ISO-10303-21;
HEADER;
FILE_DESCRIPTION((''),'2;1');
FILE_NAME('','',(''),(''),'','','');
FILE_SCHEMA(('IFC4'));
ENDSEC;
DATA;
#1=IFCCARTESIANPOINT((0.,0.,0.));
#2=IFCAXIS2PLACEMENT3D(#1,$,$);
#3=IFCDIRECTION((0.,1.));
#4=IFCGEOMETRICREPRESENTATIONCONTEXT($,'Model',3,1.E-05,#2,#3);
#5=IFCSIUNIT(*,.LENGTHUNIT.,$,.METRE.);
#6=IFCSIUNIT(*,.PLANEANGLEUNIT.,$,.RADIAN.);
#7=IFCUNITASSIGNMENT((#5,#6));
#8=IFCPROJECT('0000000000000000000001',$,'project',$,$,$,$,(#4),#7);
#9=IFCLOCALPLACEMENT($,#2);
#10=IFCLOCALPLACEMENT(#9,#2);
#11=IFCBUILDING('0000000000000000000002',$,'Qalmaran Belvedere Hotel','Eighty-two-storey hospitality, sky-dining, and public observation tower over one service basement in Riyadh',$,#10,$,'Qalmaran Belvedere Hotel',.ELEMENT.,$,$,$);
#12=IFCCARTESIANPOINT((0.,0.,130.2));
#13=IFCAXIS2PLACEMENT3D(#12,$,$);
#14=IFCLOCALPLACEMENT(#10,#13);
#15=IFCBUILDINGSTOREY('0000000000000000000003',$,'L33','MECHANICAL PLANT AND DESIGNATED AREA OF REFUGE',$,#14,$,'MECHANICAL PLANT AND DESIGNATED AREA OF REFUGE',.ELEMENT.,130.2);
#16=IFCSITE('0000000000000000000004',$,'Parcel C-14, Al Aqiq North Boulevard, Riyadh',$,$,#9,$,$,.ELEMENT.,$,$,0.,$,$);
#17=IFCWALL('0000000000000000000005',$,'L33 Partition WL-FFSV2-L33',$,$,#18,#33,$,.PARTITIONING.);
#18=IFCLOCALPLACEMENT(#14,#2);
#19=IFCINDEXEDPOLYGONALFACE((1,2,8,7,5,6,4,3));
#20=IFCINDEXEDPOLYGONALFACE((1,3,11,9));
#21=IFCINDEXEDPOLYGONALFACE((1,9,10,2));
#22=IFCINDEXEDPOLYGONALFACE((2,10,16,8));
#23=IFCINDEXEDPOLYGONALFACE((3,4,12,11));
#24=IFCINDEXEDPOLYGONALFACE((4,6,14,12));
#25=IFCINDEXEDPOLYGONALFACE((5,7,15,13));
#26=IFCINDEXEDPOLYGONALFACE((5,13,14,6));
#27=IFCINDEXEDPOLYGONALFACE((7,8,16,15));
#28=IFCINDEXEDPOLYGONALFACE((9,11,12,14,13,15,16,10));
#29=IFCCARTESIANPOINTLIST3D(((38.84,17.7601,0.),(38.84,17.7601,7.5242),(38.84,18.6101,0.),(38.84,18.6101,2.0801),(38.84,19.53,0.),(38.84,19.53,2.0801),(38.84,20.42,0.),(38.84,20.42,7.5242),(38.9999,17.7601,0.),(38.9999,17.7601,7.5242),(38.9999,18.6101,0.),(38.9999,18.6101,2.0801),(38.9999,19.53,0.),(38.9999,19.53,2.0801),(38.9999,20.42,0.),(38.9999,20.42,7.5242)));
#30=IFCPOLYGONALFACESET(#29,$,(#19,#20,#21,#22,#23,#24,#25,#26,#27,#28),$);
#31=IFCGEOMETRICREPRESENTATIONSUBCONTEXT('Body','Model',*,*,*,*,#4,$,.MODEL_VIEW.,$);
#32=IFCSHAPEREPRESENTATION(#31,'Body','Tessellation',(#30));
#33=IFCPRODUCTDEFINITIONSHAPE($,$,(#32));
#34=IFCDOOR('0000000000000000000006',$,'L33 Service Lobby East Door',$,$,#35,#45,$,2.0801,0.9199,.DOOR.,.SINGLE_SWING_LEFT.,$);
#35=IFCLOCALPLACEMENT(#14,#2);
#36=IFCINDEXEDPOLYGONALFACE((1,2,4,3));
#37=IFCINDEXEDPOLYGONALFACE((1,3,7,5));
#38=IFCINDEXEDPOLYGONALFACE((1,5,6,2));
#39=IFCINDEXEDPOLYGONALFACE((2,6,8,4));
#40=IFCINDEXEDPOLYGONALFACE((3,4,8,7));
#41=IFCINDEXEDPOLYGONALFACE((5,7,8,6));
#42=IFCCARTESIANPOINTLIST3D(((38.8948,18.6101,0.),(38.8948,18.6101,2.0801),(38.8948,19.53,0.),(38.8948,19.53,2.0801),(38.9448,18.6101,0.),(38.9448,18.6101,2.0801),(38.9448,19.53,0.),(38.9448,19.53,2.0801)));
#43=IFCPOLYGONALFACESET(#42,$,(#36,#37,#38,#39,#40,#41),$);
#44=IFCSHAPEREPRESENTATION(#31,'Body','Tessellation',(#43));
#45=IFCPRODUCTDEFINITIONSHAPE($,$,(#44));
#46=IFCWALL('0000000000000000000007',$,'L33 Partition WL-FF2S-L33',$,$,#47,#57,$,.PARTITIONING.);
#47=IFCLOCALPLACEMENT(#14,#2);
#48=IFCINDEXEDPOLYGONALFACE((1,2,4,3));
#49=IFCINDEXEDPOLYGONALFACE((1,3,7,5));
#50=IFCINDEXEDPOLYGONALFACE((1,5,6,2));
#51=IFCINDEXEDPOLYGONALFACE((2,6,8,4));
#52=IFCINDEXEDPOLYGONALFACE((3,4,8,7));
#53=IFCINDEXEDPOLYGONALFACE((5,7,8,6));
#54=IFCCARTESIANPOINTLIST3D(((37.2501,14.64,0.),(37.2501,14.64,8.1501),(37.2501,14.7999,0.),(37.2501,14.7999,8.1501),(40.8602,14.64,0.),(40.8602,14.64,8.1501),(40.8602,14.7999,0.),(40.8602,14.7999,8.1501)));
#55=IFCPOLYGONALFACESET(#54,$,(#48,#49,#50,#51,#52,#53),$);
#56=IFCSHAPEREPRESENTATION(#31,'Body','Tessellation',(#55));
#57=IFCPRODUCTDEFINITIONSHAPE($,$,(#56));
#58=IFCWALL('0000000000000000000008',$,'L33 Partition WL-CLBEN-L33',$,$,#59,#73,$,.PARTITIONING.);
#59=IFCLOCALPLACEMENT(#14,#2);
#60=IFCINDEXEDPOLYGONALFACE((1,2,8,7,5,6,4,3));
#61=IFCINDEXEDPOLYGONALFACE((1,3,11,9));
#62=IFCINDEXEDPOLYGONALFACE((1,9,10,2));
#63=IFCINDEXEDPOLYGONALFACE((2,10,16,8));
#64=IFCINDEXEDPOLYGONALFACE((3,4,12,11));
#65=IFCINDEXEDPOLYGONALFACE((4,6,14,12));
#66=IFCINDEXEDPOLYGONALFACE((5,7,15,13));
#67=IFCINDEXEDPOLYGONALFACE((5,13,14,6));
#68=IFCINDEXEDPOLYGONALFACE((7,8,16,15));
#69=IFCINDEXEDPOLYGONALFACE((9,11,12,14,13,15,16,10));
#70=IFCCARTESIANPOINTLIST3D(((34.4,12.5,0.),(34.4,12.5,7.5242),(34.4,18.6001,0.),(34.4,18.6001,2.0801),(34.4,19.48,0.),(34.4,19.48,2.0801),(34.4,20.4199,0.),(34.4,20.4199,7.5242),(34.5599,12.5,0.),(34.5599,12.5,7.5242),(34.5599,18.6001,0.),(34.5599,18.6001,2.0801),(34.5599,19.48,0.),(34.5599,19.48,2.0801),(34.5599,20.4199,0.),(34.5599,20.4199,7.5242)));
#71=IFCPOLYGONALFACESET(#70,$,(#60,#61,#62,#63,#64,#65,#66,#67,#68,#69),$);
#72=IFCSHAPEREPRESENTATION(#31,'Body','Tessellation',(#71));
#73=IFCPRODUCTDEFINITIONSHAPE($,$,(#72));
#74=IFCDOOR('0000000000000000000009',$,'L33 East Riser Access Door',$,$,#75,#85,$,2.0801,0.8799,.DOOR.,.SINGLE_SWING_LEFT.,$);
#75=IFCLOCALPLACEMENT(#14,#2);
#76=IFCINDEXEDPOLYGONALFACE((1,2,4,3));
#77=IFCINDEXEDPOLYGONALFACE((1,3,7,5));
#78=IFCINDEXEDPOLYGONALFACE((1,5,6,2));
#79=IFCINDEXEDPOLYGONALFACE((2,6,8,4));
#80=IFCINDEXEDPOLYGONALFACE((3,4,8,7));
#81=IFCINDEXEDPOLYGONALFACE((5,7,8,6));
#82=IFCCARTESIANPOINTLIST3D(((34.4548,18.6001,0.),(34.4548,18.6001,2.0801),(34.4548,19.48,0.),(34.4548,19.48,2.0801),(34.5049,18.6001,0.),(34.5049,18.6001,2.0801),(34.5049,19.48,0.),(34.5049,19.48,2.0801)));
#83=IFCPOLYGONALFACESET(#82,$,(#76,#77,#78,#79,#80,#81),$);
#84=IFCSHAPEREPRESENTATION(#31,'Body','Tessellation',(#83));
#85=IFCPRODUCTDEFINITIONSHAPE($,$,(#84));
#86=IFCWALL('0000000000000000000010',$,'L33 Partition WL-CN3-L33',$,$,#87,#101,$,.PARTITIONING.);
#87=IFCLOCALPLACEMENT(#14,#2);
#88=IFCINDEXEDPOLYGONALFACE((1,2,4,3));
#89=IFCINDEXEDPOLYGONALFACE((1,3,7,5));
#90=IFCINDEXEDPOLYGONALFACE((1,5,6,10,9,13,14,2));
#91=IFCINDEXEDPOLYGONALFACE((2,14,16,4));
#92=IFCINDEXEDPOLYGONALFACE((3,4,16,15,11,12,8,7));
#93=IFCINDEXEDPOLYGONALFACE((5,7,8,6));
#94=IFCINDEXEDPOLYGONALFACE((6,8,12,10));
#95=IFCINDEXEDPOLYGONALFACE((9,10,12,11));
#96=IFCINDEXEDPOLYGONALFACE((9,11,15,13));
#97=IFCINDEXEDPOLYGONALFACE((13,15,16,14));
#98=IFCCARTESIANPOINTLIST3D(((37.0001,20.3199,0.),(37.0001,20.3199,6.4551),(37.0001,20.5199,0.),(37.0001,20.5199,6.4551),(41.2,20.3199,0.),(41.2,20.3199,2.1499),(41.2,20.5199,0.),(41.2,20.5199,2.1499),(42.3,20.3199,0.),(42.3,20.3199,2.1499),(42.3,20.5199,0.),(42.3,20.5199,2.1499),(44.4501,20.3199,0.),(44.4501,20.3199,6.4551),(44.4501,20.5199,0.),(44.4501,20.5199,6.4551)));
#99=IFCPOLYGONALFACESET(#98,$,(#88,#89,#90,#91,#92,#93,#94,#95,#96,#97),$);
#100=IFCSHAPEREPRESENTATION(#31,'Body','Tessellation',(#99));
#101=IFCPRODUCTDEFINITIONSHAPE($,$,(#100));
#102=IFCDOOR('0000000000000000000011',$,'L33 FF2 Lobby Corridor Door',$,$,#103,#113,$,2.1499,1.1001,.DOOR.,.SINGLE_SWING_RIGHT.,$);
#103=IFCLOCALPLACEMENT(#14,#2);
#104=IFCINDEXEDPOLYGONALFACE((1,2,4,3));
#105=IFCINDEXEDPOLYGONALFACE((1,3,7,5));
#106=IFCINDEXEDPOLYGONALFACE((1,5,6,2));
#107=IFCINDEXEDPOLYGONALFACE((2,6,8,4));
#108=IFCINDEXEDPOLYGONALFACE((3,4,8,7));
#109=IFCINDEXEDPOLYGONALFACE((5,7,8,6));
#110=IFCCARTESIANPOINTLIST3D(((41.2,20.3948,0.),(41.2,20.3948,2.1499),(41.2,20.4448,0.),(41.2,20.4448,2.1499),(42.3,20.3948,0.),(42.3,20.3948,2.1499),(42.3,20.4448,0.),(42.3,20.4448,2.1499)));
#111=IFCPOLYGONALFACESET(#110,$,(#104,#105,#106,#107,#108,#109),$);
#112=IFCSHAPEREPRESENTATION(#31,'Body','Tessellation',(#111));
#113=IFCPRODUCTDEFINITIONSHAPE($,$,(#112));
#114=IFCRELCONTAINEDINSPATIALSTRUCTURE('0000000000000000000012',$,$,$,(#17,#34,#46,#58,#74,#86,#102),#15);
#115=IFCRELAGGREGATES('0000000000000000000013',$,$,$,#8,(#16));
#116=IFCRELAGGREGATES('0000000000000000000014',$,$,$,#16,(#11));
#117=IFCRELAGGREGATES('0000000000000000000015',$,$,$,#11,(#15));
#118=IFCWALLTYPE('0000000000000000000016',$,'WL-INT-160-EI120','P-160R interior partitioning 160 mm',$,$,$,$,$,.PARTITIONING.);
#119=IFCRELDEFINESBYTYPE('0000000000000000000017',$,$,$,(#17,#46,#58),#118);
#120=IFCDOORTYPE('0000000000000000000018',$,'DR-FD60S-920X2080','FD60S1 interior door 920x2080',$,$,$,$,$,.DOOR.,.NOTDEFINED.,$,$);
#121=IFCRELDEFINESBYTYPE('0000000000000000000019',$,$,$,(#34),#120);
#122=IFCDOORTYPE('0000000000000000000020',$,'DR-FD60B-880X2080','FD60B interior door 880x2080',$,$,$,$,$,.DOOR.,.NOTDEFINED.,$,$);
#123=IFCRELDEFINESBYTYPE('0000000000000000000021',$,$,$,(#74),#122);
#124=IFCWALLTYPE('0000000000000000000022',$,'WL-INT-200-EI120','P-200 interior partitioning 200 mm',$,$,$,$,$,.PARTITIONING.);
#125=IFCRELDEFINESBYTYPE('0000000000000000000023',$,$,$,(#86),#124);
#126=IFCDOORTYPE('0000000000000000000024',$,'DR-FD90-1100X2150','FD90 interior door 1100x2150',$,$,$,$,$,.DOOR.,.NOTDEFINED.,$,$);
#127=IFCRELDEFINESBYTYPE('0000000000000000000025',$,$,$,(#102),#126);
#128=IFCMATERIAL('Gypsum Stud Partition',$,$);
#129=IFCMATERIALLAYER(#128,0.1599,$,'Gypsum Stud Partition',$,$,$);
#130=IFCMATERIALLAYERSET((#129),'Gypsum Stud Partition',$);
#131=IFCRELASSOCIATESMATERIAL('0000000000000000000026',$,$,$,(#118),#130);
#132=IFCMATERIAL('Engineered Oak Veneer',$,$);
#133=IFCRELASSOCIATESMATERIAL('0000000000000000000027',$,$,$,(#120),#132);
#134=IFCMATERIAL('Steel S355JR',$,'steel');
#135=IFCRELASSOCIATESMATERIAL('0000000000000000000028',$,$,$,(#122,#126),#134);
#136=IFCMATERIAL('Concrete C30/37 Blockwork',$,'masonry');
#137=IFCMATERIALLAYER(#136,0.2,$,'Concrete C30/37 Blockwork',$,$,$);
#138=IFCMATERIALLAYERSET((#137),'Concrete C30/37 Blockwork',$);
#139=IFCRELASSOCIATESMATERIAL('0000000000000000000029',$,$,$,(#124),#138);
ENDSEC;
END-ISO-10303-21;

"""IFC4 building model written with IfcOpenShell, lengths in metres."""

from ifc_helpers import new_model, si_unit, direction, frame, frame_2d, origin, place, context, subcontext, project, spatial, rectangle, extrude, material, layer, layer_set, type_object, element, fill, save


model = new_model("IFC4")

# Units and contexts
model_context = context("Model", 3, precision=1e-05, world=origin(), true_north=direction((0.0, 1.0)))
body_context = subcontext(model_context, "Body", "Model", "MODEL_VIEW")
ifc_project = project(units=[si_unit("LENGTHUNIT", "METRE"), si_unit("PLANEANGLEUNIT", "RADIAN")], contexts=[model_context])

# Site, building, storey
site_placement = place(None, origin())
site = spatial("IfcSite", under=ifc_project, at=site_placement, Name="Parcel C-14, Al Aqiq North Boulevard, Riyadh", CompositionType="ELEMENT", RefElevation=0.0)
building_placement = place(site_placement, origin())
building = spatial("IfcBuilding", under=site, at=building_placement, Name="Qalmaran Belvedere Hotel", Description="Eighty-two-storey hospitality, sky-dining, and public observation tower over one service basement in Riyadh", LongName="Qalmaran Belvedere Hotel", CompositionType="ELEMENT")
storey_placement = place(building_placement, frame((0.0, 0.0, 130.2)))
storey = spatial("IfcBuildingStorey", under=building, at=storey_placement, Name="L33", Description="MECHANICAL PLANT AND DESIGNATED AREA OF REFUGE", LongName="MECHANICAL PLANT AND DESIGNATED AREA OF REFUGE", CompositionType="ELEMENT", Elevation=130.2)

# Shared definitions
ifc_material_1 = material(Name="Steel S355JR", Category="steel")

# Shared definitions
ifc_material_2 = material(Name="Gypsum Stud Partition")

# Wall, opening, door
ifc_layer_1 = layer(ifc_material_2, 0.1599, Name="Gypsum Stud Partition")
ifc_layer_set_1 = layer_set([ifc_layer_1], Name="Gypsum Stud Partition")
wall_type_1 = type_object("IfcWallType", Name="WL-INT-160-EI120", Description="P-160R interior partitioning 160 mm", PredefinedType="PARTITIONING", material=ifc_layer_set_1)
wall_1_placement = place(storey_placement, frame((38.9199, 17.76, 0.0), z_axis=(0.0, 0.0, 1.0), x_axis=(0.0, 1.0, 0.0)))
wall_1 = element("IfcWall", 1, at=wall_1_placement, inside=storey, type_object=wall_type_1, Name="L33 Partition WL-FFSV2-L33", PredefinedType="PARTITIONING", context=body_context, shape_type="SweptSolid", body=[
    extrude(rectangle(XDim=2.6599, YDim=0.1599, at=frame_2d((1.3301, 0.0))), origin(), (0.0, 0.0, 1.0), 7.5242),
])
opening_1_placement = place(wall_1_placement, frame((1.77, 0.0, 0.0), z_axis=(0.0, 0.0, 1.0), x_axis=(-1.0, 0.0, 0.0)))
opening_1 = element("IfcOpeningElement", 2, at=opening_1_placement, cuts=wall_1, PredefinedType="OPENING", context=body_context, shape_type="SweptSolid", body=[
    extrude(rectangle(XDim=0.9199, YDim=2.0801, at=frame_2d((0.46, 1.04))), frame((0.0, 0.0898, 0.0), z_axis=(0.0, -1.0, 0.0), x_axis=(1.0, 0.0, 0.0)), (0.0, 0.0, 1.0), 0.1799),
])
ifc_material_3 = material(Name="Engineered Oak Veneer")
door_type_1 = type_object("IfcDoorType", Name="DR-FD60S-920X2080", Description="FD60S1 interior door 920x2080", OperationType="NOTDEFINED", PredefinedType="DOOR", material=ifc_material_3)
door_1_placement = place(opening_1_placement, origin())
door_1 = element("IfcDoor", 3, at=door_1_placement, inside=storey, type_object=door_type_1, Name="L33 Service Lobby East Door", OperationType="SINGLE_SWING_LEFT", OverallHeight=2.0801, OverallWidth=0.9199, PredefinedType="DOOR", context=body_context, shape_type="SweptSolid", body=[
    extrude(rectangle(XDim=0.9199, YDim=2.0801, at=frame_2d((0.46, 1.04))), frame((0.0, 0.0249, 0.0), z_axis=(0.0, -1.0, 0.0), x_axis=(1.0, 0.0, 0.0)), (0.0, 0.0, 1.0), 0.05),
])
fill(opening_1, door_1)

# Wall
wall_2_placement = place(storey_placement, frame((37.25, 14.72, 0.0), z_axis=(0.0, 0.0, 1.0), x_axis=(1.0, 0.0, 0.0)))
element("IfcWall", 4, at=wall_2_placement, inside=storey, type_object=wall_type_1, Name="L33 Partition WL-FF2S-L33", PredefinedType="PARTITIONING", context=body_context, shape_type="SweptSolid", body=[
    extrude(rectangle(XDim=3.6101, YDim=0.1599, at=frame_2d((1.8052, 0.0))), origin(), (0.0, 0.0, 1.0), 8.1501),
])

# Walls, openings, doors
wall_3_placement = place(storey_placement, frame((34.48, 12.5, 0.0), z_axis=(0.0, 0.0, 1.0), x_axis=(0.0, 1.0, 0.0)))
wall_3 = element("IfcWall", 5, at=wall_3_placement, inside=storey, type_object=wall_type_1, Name="L33 Partition WL-CLBEN-L33", PredefinedType="PARTITIONING", context=body_context, shape_type="SweptSolid", body=[
    extrude(rectangle(XDim=7.9199, YDim=0.1599, at=frame_2d((3.96, 0.0))), origin(), (0.0, 0.0, 1.0), 7.5242),
])
opening_2_placement = place(wall_3_placement, frame((6.98, 0.0, 0.0), z_axis=(0.0, 0.0, 1.0), x_axis=(-1.0, 0.0, 0.0)))
opening_2 = element("IfcOpeningElement", 6, at=opening_2_placement, cuts=wall_3, PredefinedType="OPENING", context=body_context, shape_type="SweptSolid", body=[
    extrude(rectangle(XDim=0.8799, YDim=2.0801, at=frame_2d((0.4399, 1.04))), frame((0.0, 0.0898, 0.0), z_axis=(0.0, -1.0, 0.0), x_axis=(1.0, 0.0, 0.0)), (0.0, 0.0, 1.0), 0.1799),
])
door_type_2 = type_object("IfcDoorType", Name="DR-FD60B-880X2080", Description="FD60B interior door 880x2080", OperationType="NOTDEFINED", PredefinedType="DOOR", material=ifc_material_1)
door_2_placement = place(opening_2_placement, origin())
door_2 = element("IfcDoor", 7, at=door_2_placement, inside=storey, type_object=door_type_2, Name="L33 East Riser Access Door", OperationType="SINGLE_SWING_LEFT", OverallHeight=2.0801, OverallWidth=0.8799, PredefinedType="DOOR", context=body_context, shape_type="SweptSolid", body=[
    extrude(rectangle(XDim=0.8799, YDim=2.0801, at=frame_2d((0.4399, 1.04))), frame((0.0, 0.0249, 0.0), z_axis=(0.0, -1.0, 0.0), x_axis=(1.0, 0.0, 0.0)), (0.0, 0.0, 1.0), 0.05),
])
fill(opening_2, door_2)
ifc_material_4 = material(Name="Concrete C30/37 Blockwork", Category="masonry")
ifc_layer_2 = layer(ifc_material_4, 0.2, Name="Concrete C30/37 Blockwork")
ifc_layer_set_2 = layer_set([ifc_layer_2], Name="Concrete C30/37 Blockwork")
wall_type_2 = type_object("IfcWallType", Name="WL-INT-200-EI120", Description="P-200 interior partitioning 200 mm", PredefinedType="PARTITIONING", material=ifc_layer_set_2)
wall_4_placement = place(storey_placement, frame((37.0, 20.4199, 0.0), z_axis=(0.0, 0.0, 1.0), x_axis=(1.0, 0.0, 0.0)))
wall_4 = element("IfcWall", 8, at=wall_4_placement, inside=storey, type_object=wall_type_2, Name="L33 Partition WL-CN3-L33", PredefinedType="PARTITIONING", context=body_context, shape_type="SweptSolid", body=[
    extrude(rectangle(XDim=7.45, YDim=0.2, at=frame_2d((3.7251, 0.0))), origin(), (0.0, 0.0, 1.0), 6.4551),
])
opening_3_placement = place(wall_4_placement, frame((4.2, 0.0, 0.0)))
opening_3 = element("IfcOpeningElement", 9, at=opening_3_placement, cuts=wall_4, PredefinedType="OPENING", context=body_context, shape_type="SweptSolid", body=[
    extrude(rectangle(XDim=1.1001, YDim=2.1499, at=frame_2d((0.55, 1.075))), frame((0.0, 0.1099, 0.0), z_axis=(0.0, -1.0, 0.0), x_axis=(1.0, 0.0, 0.0)), (0.0, 0.0, 1.0), 0.22),
])
door_type_3 = type_object("IfcDoorType", Name="DR-FD90-1100X2150", Description="FD90 interior door 1100x2150", OperationType="NOTDEFINED", PredefinedType="DOOR", material=ifc_material_1)
door_3_placement = place(opening_3_placement, origin())
door_3 = element("IfcDoor", 10, at=door_3_placement, inside=storey, type_object=door_type_3, Name="L33 FF2 Lobby Corridor Door", OperationType="SINGLE_SWING_RIGHT", OverallHeight=2.1499, OverallWidth=1.1001, PredefinedType="DOOR", context=body_context, shape_type="SweptSolid", body=[
    extrude(rectangle(XDim=1.1001, YDim=2.1499, at=frame_2d((0.55, 1.075))), frame((0.0, 0.0249, 0.0), z_axis=(0.0, -1.0, 0.0), x_axis=(1.0, 0.0, 0.0)), (0.0, 0.0, 1.0), 0.05),
])
fill(opening_3, door_3)

save(model, "model.ifc")
